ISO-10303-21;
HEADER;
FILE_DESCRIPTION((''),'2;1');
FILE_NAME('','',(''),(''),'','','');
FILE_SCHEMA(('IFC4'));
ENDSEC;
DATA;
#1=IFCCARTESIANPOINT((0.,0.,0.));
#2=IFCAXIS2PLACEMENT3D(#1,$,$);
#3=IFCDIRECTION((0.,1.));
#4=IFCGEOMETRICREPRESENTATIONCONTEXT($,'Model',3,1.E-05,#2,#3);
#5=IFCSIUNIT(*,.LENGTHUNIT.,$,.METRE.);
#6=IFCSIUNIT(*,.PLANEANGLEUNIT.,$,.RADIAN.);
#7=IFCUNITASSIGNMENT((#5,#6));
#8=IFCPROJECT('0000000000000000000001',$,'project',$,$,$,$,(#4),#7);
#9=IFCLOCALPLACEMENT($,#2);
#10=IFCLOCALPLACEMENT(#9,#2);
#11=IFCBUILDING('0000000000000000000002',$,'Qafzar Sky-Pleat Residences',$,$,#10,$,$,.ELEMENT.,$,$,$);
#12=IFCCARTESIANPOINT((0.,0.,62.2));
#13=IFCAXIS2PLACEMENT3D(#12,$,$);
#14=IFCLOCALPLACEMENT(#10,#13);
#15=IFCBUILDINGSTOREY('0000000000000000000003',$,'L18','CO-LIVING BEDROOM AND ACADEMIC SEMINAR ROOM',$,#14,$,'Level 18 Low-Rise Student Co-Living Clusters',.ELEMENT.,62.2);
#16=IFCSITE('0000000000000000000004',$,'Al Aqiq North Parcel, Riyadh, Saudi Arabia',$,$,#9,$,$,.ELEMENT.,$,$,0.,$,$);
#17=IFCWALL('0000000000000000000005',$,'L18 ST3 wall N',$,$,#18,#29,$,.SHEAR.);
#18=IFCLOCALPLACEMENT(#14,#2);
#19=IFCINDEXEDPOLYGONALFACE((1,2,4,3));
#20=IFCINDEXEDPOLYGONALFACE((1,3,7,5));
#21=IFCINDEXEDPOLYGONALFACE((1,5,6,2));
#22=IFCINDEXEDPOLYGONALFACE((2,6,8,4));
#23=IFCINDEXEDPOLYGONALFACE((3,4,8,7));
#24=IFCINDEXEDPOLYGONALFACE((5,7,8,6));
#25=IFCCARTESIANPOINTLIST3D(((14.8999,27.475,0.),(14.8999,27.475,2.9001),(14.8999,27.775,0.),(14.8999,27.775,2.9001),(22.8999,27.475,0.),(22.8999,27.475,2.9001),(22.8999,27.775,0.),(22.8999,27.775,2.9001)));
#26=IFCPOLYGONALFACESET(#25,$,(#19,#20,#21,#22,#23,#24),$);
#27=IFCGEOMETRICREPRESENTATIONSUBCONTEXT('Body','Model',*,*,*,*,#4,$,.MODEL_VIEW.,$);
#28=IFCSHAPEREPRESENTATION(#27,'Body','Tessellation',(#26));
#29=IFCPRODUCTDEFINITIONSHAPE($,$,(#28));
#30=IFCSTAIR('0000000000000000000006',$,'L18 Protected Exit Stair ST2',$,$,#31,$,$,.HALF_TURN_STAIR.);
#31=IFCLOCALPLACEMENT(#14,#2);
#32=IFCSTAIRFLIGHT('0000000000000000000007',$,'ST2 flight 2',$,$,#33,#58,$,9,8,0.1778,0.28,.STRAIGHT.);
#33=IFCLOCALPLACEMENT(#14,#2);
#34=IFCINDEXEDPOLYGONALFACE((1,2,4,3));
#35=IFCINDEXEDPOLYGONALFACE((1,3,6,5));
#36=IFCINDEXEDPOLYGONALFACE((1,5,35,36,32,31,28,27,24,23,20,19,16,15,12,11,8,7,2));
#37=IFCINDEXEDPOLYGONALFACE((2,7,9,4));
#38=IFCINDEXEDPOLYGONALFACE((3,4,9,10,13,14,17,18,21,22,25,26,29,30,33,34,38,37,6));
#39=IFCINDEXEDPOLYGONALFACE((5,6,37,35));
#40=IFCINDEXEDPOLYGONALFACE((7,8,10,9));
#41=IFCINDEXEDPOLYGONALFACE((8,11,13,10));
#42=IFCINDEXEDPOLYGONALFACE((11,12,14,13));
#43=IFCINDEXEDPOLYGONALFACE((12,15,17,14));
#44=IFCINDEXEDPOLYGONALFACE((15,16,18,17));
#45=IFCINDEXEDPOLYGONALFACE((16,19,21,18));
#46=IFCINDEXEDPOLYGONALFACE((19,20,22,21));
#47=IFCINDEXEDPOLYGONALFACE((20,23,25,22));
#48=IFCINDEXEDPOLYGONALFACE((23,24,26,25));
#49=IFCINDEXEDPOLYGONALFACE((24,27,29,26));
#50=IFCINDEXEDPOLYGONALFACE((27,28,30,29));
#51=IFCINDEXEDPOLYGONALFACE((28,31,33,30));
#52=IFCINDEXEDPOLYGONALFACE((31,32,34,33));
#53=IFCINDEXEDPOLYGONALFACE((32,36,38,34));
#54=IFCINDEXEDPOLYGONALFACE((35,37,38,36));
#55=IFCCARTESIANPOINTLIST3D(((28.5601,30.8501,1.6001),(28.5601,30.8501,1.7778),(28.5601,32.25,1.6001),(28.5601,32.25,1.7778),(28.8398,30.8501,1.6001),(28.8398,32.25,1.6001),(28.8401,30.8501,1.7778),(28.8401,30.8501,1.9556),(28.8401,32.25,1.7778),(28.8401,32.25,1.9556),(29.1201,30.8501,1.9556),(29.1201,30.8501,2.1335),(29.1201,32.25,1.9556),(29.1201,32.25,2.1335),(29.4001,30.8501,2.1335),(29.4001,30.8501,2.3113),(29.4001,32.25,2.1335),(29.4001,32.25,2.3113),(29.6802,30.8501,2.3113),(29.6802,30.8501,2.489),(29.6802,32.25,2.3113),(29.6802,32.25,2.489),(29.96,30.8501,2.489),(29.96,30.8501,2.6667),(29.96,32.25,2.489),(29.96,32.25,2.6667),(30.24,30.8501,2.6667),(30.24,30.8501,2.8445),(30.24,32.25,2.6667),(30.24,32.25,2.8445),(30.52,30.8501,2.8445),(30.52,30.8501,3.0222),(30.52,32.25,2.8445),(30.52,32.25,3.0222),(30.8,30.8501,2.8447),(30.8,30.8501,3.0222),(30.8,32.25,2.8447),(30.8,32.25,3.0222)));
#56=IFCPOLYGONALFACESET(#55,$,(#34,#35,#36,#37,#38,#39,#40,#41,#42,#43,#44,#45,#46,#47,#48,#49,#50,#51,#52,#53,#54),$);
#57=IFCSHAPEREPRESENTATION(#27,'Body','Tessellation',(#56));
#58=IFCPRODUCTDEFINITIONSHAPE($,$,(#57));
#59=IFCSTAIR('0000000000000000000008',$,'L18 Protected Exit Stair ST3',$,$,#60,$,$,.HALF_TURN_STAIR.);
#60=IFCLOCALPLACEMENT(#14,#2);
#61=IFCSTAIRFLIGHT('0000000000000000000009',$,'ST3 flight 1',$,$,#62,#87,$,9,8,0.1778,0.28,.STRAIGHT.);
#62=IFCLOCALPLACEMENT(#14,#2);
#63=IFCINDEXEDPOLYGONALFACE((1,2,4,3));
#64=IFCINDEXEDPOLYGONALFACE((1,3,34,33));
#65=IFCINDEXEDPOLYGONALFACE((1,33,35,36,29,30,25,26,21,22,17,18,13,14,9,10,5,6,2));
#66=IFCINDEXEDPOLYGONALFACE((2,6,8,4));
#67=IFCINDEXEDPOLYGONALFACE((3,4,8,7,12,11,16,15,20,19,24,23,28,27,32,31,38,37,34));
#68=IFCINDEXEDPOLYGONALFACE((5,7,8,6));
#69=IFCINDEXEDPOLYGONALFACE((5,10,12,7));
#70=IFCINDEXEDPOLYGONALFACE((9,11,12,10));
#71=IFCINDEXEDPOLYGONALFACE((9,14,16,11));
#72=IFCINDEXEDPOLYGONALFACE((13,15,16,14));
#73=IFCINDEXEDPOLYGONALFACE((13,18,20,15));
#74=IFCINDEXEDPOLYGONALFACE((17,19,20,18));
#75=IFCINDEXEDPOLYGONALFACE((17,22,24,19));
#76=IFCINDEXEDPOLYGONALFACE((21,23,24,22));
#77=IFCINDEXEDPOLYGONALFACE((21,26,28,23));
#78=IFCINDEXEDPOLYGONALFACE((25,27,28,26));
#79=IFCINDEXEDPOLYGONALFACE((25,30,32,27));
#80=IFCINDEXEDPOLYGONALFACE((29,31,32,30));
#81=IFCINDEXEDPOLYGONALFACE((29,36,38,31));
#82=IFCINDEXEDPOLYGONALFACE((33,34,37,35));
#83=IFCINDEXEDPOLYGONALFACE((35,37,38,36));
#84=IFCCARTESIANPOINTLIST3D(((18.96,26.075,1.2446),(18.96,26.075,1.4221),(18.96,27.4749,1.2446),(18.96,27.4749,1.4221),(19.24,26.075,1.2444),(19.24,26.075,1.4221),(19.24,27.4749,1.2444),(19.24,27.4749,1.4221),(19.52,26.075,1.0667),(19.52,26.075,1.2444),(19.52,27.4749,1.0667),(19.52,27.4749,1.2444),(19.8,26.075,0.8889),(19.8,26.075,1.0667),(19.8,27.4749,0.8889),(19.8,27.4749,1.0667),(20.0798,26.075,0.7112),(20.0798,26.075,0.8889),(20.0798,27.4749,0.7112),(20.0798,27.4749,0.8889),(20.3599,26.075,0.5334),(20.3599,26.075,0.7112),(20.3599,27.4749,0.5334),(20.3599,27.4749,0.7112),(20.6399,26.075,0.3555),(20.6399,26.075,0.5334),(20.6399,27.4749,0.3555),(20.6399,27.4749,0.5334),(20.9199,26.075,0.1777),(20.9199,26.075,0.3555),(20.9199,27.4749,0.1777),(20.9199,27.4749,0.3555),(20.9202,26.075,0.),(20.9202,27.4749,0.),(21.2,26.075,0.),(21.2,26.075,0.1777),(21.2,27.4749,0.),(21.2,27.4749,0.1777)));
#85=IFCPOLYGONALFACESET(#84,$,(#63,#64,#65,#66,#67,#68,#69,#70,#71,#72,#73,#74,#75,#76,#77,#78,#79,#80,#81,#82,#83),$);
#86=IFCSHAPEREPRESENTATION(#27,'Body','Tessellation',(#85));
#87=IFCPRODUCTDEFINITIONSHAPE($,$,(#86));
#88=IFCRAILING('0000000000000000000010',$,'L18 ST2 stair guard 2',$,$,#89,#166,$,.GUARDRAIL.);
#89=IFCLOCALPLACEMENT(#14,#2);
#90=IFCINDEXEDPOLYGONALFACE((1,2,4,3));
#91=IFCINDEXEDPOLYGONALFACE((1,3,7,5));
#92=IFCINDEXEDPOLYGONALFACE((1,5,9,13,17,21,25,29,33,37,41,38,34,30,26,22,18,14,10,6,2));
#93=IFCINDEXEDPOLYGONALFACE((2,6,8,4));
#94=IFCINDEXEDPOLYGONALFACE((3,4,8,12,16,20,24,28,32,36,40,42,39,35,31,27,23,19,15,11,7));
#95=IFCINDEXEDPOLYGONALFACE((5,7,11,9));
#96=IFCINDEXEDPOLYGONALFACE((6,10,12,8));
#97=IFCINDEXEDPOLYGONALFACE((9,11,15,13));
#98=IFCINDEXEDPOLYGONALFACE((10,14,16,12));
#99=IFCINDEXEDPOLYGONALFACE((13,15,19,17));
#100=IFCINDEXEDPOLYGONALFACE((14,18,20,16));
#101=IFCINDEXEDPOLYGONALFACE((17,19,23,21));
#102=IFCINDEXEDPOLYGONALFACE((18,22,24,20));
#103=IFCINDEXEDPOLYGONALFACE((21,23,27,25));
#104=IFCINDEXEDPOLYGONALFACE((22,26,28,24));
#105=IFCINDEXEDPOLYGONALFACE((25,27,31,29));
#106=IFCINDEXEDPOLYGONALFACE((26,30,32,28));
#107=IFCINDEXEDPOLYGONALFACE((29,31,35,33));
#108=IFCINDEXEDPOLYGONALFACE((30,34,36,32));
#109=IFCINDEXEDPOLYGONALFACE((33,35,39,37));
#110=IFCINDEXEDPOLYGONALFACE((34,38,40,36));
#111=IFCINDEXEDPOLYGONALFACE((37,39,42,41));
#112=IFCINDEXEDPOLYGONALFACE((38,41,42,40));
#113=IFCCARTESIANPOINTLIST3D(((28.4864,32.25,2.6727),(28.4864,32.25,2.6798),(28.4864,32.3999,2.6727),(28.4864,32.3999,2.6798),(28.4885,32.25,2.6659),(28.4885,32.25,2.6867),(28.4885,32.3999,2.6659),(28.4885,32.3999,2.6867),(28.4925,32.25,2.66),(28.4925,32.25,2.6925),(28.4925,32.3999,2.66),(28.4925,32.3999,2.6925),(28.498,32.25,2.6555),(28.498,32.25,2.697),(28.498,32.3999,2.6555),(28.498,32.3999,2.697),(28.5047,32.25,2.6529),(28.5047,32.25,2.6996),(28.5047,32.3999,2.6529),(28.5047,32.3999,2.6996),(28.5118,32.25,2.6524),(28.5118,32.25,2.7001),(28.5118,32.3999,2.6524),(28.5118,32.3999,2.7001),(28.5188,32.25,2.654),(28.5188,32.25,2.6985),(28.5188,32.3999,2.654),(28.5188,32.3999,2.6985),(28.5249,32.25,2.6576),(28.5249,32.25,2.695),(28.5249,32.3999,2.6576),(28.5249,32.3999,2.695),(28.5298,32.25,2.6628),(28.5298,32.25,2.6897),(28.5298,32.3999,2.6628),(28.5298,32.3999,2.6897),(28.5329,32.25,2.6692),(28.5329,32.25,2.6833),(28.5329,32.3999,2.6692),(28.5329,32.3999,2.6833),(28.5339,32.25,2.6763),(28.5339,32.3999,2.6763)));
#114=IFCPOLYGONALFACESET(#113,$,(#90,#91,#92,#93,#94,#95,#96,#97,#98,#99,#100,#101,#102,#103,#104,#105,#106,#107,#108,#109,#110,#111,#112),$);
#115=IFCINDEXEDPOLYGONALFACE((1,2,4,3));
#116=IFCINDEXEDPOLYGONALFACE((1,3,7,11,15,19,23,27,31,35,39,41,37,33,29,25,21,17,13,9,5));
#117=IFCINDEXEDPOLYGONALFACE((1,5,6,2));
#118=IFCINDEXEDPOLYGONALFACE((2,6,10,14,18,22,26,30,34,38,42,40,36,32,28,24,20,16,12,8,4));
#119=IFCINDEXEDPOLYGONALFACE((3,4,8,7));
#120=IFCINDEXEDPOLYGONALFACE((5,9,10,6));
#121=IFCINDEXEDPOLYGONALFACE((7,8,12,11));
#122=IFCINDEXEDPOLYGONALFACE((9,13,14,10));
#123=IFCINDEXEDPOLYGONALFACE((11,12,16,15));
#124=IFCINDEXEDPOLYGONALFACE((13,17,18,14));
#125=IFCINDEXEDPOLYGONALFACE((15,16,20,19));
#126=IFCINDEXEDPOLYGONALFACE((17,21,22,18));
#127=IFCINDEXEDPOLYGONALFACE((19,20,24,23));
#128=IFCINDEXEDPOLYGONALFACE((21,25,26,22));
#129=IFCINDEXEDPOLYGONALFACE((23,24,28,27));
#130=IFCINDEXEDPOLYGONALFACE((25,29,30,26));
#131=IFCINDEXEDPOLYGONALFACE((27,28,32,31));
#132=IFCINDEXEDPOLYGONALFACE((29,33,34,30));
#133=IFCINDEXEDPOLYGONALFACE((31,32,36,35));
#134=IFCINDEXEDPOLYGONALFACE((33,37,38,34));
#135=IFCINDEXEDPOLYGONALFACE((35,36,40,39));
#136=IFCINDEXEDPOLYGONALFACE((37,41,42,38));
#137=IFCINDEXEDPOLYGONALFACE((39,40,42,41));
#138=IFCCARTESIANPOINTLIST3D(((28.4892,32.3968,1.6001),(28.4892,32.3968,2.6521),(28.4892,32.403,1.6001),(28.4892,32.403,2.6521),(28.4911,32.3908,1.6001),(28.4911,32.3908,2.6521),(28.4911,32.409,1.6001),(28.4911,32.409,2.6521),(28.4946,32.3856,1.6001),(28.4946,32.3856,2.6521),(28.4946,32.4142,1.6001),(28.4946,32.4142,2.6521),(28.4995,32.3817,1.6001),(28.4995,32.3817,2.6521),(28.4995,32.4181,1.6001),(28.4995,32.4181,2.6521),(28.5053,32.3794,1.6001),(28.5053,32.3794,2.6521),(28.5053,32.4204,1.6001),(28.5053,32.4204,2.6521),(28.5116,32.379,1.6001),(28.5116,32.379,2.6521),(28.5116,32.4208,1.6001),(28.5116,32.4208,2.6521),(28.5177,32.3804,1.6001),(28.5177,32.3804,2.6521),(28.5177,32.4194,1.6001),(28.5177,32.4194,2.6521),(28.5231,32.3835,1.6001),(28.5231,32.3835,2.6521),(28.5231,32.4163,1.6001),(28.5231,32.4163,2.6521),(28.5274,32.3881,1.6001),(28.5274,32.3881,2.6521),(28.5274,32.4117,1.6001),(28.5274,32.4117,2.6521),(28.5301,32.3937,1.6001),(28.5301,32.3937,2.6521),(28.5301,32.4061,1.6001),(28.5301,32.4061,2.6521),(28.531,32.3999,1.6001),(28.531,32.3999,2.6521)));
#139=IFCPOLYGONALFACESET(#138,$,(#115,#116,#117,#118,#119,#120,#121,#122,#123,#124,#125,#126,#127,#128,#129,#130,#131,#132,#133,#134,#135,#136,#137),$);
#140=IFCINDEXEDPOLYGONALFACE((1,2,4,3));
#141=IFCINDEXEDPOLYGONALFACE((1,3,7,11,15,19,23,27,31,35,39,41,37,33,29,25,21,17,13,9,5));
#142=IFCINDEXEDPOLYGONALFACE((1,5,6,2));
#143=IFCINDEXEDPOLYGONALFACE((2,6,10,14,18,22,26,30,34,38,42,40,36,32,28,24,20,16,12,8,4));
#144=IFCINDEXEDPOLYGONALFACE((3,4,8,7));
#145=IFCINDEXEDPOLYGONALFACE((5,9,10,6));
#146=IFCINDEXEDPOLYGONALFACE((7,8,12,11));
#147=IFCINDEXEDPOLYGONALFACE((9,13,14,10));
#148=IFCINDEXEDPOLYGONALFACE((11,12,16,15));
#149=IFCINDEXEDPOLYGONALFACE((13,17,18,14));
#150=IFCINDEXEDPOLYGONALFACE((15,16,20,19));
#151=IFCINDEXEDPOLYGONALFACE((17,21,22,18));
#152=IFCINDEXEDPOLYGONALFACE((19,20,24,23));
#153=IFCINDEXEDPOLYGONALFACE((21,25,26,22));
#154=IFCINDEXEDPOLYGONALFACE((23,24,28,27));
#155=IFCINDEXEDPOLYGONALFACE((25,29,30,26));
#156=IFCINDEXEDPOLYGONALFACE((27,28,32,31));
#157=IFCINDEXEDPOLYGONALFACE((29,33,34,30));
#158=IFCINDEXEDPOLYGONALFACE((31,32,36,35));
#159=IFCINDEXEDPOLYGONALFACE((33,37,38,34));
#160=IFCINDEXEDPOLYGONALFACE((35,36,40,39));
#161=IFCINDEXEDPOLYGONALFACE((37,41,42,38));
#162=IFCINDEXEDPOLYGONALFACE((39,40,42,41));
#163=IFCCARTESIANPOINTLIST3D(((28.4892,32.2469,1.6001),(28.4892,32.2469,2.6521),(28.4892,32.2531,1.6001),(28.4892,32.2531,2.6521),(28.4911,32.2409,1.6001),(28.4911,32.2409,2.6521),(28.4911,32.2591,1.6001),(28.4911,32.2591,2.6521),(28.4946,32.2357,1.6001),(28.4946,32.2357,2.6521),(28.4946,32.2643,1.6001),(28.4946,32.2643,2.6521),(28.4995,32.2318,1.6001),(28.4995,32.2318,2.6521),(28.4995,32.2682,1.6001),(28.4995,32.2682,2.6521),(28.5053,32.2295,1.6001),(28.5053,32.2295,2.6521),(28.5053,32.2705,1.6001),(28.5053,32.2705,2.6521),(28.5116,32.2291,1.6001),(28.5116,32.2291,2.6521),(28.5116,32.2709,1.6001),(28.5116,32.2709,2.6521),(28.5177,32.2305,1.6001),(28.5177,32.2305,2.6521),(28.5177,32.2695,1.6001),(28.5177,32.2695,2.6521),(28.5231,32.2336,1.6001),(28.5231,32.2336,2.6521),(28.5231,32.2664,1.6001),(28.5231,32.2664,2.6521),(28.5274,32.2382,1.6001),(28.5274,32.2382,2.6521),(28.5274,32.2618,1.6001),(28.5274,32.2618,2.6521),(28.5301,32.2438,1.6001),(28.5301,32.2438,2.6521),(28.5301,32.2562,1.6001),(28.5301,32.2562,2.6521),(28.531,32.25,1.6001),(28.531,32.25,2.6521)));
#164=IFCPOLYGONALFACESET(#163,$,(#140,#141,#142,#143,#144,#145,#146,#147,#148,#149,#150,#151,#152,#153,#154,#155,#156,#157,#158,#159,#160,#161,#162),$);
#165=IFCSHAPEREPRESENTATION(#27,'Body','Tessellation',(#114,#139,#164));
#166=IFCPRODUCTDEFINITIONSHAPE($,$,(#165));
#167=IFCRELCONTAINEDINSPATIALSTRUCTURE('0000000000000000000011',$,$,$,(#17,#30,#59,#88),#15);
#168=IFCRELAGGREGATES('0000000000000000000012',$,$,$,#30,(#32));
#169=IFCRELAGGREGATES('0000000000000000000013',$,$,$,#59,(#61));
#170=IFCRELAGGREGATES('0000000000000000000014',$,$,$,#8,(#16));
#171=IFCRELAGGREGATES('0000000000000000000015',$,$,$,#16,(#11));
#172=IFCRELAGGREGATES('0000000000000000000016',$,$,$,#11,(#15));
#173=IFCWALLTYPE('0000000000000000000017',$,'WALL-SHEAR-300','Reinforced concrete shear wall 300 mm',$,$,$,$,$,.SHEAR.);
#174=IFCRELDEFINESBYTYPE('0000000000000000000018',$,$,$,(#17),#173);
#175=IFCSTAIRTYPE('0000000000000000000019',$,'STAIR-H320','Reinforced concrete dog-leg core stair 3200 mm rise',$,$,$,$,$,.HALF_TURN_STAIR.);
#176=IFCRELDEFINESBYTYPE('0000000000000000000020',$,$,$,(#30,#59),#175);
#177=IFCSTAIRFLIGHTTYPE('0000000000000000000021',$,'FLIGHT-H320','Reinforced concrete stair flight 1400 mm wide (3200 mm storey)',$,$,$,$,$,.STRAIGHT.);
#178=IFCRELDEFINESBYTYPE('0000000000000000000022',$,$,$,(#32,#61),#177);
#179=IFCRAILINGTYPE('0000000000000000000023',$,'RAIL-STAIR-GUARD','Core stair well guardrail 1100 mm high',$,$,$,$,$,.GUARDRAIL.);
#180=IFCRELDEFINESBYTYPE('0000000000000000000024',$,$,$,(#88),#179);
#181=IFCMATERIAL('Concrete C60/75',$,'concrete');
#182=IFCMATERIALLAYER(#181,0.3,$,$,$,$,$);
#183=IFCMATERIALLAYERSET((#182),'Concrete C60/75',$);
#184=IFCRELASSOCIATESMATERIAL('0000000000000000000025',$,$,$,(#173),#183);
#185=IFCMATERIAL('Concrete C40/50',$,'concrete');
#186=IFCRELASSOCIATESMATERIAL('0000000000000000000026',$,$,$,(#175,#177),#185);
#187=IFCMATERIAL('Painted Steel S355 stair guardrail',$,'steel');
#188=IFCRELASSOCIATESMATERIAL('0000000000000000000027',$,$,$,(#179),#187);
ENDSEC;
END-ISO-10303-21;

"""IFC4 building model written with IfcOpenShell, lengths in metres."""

from ifc_helpers import new_model, si_unit, direction, frame, frame_2d, origin, origin_2d, place, context, subcontext, project, spatial, polyline, rectangle, circle, outline, extrude, source, transform, mapped, material, layer, layer_set, type_object, element, aggregate, save


model = new_model("IFC4")

# Units and contexts
model_context = context("Model", 3, precision=1e-05, world=origin(), true_north=direction((0.0, 1.0)))
body_context = subcontext(model_context, "Body", "Model", "MODEL_VIEW")
ifc_project = project(units=[si_unit("LENGTHUNIT", "METRE"), si_unit("PLANEANGLEUNIT", "RADIAN")], contexts=[model_context])

# Site, building, storey
site_placement = place(None, origin())
site = spatial("IfcSite", under=ifc_project, at=site_placement, Name="Al Aqiq North Parcel, Riyadh, Saudi Arabia", CompositionType="ELEMENT", RefElevation=0.0)
building_placement = place(site_placement, origin())
building = spatial("IfcBuilding", under=site, at=building_placement, Name="Qafzar Sky-Pleat Residences", CompositionType="ELEMENT")
storey_placement = place(building_placement, frame((0.0, 0.0, 62.2)))
storey = spatial("IfcBuildingStorey", under=building, at=storey_placement, Name="L18", Description="CO-LIVING BEDROOM AND ACADEMIC SEMINAR ROOM", LongName="Level 18 Low-Rise Student Co-Living Clusters", CompositionType="ELEMENT", Elevation=62.2)

# Shared definitions
ifc_material_1 = material(Name="Concrete C60/75", Category="concrete")
ifc_layer_1 = layer(ifc_material_1, 0.3)
ifc_layer_set_1 = layer_set([ifc_layer_1], Name="Concrete C60/75")
wall_type_1 = type_object("IfcWallType", Name="WALL-SHEAR-300", Description="Reinforced concrete shear wall 300 mm", PredefinedType="SHEAR", material=ifc_layer_set_1)

# Wall
wall_1_placement = place(storey_placement, frame((22.8999, 27.625, 0.0), z_axis=(0.0, 0.0, 1.0), x_axis=(-1.0, 0.0, 0.0)))
element("IfcWall", 1, at=wall_1_placement, inside=storey, type_object=wall_type_1, Name="L18 ST3 wall N", PredefinedType="SHEAR", context=body_context, shape_type="SweptSolid", body=[
    extrude(rectangle(XDim=8.0, YDim=0.3, at=frame_2d((4.0, 0.0))), origin(), (0.0, 0.0, 1.0), 2.9001),
])

# Stairs, stair flights
ifc_material_2 = material(Name="Concrete C40/50", Category="concrete")
stair_type = type_object("IfcStairType", Name="STAIR-H320", Description="Reinforced concrete dog-leg core stair 3200 mm rise", PredefinedType="HALF_TURN_STAIR", material=ifc_material_2)
stair_1_placement = place(storey_placement, origin())
stair_1 = element("IfcStair", 2, at=stair_1_placement, inside=storey, type_object=stair_type, Name="L18 Protected Exit Stair ST2", PredefinedType="HALF_TURN_STAIR")
stair_flight_type = type_object("IfcStairFlightType", Name="FLIGHT-H320", Description="Reinforced concrete stair flight 1400 mm wide (3200 mm storey)", PredefinedType="STRAIGHT", material=ifc_material_2)
shared_shape_1 = source(origin(), body_context, "Body", "SweptSolid", [
    extrude(outline(polyline([(0.0, 0.0), (0.0, 0.1777), (0.28, 0.1777), (0.28, 0.3555), (0.5601, 0.3555), (0.5601, 0.5334), (0.8401, 0.5334), (0.8401, 0.7112), (1.1201, 0.7112), (1.1201, 0.8889), (1.3999, 0.8889), (1.3999, 1.0667), (1.6799, 1.0667), (1.6799, 1.2444), (1.96, 1.2444), (1.96, 1.4221), (2.24, 1.4221), (2.24, 1.6001), (2.24, 1.2446), (0.2798, 0.0), (0.0, 0.0)])), frame((0.0, 0.7, 0.0), z_axis=(0.0, -1.0, 0.0), x_axis=(1.0, 0.0, 0.0)), (0.0, 0.0, 1.0), 1.3999),
])
stair_flight_1_placement = place(storey_placement, frame((28.5601, 31.55, 1.6001), z_axis=(0.0, 0.0, 1.0), x_axis=(1.0, 0.0, 0.0)))
stair_flight_1 = element("IfcStairFlight", 3, at=stair_flight_1_placement, type_object=stair_flight_type, Name="ST2 flight 2", NumberOfRisers=9, NumberOfTreads=8, PredefinedType="STRAIGHT", RiserHeight=0.1778, TreadLength=0.28, context=body_context, shape_type="MappedRepresentation", body=[
    mapped(shared_shape_1, transform((0.0, 0.0, 0.0), x_axis=(1.0, 0.0, 0.0), y_axis=(0.0, 1.0, 0.0), z_axis=(0.0, 0.0, 1.0), scale=1.0)),
])
aggregate(stair_1, [stair_flight_1])
stair_2_placement = place(storey_placement, origin())
stair_2 = element("IfcStair", 4, at=stair_2_placement, inside=storey, type_object=stair_type, Name="L18 Protected Exit Stair ST3", PredefinedType="HALF_TURN_STAIR")
stair_flight_2_placement = place(storey_placement, frame((21.2, 26.7749, 0.0), z_axis=(0.0, 0.0, 1.0), x_axis=(-1.0, 0.0, 0.0)))
stair_flight_2 = element("IfcStairFlight", 5, at=stair_flight_2_placement, type_object=stair_flight_type, Name="ST3 flight 1", NumberOfRisers=9, NumberOfTreads=8, PredefinedType="STRAIGHT", RiserHeight=0.1778, TreadLength=0.28, context=body_context, shape_type="MappedRepresentation", body=[
    mapped(shared_shape_1, transform((0.0, 0.0, 0.0), x_axis=(1.0, 0.0, 0.0), y_axis=(0.0, 1.0, 0.0), z_axis=(0.0, 0.0, 1.0), scale=1.0)),
])
aggregate(stair_2, [stair_flight_2])

# Railing
ifc_material_3 = material(Name="Painted Steel S355 stair guardrail", Category="steel")
railing_type_1 = type_object("IfcRailingType", Name="RAIL-STAIR-GUARD", Description="Core stair well guardrail 1100 mm high", PredefinedType="GUARDRAIL", material=ifc_material_3)
shared_shape_2 = source(origin(), body_context, "Body", "SweptSolid", [
    extrude(circle(Radius=0.0239, at=origin_2d()), frame((0.0, 0.0, 1.0762), z_axis=(0.0, -1.0, 0.0), x_axis=(1.0, 0.0, 0.0)), (0.0, 0.0, 1.0), 0.1499),
    extrude(circle(Radius=0.021, at=origin_2d()), origin(), (0.0, 0.0, 1.0), 1.052),
    extrude(circle(Radius=0.021, at=origin_2d()), frame((0.0, -0.1499, 0.0)), (0.0, 0.0, 1.0), 1.052),
])
for number, where, name in (
    (6, (28.51, 32.3999, 1.6001), "L18 ST2 stair guard 2"),
):
    element("IfcRailing", number, at=place(storey_placement, frame(where)), inside=storey, type_object=railing_type_1, Name=name, PredefinedType="GUARDRAIL", context=body_context, shape_type="MappedRepresentation", body=[
        mapped(shared_shape_2, transform((0.0, 0.0, 0.0), x_axis=(1.0, 0.0, 0.0), y_axis=(0.0, 1.0, 0.0), z_axis=(0.0, 0.0, 1.0), scale=1.0)),
    ])

save(model, "model.ifc")
